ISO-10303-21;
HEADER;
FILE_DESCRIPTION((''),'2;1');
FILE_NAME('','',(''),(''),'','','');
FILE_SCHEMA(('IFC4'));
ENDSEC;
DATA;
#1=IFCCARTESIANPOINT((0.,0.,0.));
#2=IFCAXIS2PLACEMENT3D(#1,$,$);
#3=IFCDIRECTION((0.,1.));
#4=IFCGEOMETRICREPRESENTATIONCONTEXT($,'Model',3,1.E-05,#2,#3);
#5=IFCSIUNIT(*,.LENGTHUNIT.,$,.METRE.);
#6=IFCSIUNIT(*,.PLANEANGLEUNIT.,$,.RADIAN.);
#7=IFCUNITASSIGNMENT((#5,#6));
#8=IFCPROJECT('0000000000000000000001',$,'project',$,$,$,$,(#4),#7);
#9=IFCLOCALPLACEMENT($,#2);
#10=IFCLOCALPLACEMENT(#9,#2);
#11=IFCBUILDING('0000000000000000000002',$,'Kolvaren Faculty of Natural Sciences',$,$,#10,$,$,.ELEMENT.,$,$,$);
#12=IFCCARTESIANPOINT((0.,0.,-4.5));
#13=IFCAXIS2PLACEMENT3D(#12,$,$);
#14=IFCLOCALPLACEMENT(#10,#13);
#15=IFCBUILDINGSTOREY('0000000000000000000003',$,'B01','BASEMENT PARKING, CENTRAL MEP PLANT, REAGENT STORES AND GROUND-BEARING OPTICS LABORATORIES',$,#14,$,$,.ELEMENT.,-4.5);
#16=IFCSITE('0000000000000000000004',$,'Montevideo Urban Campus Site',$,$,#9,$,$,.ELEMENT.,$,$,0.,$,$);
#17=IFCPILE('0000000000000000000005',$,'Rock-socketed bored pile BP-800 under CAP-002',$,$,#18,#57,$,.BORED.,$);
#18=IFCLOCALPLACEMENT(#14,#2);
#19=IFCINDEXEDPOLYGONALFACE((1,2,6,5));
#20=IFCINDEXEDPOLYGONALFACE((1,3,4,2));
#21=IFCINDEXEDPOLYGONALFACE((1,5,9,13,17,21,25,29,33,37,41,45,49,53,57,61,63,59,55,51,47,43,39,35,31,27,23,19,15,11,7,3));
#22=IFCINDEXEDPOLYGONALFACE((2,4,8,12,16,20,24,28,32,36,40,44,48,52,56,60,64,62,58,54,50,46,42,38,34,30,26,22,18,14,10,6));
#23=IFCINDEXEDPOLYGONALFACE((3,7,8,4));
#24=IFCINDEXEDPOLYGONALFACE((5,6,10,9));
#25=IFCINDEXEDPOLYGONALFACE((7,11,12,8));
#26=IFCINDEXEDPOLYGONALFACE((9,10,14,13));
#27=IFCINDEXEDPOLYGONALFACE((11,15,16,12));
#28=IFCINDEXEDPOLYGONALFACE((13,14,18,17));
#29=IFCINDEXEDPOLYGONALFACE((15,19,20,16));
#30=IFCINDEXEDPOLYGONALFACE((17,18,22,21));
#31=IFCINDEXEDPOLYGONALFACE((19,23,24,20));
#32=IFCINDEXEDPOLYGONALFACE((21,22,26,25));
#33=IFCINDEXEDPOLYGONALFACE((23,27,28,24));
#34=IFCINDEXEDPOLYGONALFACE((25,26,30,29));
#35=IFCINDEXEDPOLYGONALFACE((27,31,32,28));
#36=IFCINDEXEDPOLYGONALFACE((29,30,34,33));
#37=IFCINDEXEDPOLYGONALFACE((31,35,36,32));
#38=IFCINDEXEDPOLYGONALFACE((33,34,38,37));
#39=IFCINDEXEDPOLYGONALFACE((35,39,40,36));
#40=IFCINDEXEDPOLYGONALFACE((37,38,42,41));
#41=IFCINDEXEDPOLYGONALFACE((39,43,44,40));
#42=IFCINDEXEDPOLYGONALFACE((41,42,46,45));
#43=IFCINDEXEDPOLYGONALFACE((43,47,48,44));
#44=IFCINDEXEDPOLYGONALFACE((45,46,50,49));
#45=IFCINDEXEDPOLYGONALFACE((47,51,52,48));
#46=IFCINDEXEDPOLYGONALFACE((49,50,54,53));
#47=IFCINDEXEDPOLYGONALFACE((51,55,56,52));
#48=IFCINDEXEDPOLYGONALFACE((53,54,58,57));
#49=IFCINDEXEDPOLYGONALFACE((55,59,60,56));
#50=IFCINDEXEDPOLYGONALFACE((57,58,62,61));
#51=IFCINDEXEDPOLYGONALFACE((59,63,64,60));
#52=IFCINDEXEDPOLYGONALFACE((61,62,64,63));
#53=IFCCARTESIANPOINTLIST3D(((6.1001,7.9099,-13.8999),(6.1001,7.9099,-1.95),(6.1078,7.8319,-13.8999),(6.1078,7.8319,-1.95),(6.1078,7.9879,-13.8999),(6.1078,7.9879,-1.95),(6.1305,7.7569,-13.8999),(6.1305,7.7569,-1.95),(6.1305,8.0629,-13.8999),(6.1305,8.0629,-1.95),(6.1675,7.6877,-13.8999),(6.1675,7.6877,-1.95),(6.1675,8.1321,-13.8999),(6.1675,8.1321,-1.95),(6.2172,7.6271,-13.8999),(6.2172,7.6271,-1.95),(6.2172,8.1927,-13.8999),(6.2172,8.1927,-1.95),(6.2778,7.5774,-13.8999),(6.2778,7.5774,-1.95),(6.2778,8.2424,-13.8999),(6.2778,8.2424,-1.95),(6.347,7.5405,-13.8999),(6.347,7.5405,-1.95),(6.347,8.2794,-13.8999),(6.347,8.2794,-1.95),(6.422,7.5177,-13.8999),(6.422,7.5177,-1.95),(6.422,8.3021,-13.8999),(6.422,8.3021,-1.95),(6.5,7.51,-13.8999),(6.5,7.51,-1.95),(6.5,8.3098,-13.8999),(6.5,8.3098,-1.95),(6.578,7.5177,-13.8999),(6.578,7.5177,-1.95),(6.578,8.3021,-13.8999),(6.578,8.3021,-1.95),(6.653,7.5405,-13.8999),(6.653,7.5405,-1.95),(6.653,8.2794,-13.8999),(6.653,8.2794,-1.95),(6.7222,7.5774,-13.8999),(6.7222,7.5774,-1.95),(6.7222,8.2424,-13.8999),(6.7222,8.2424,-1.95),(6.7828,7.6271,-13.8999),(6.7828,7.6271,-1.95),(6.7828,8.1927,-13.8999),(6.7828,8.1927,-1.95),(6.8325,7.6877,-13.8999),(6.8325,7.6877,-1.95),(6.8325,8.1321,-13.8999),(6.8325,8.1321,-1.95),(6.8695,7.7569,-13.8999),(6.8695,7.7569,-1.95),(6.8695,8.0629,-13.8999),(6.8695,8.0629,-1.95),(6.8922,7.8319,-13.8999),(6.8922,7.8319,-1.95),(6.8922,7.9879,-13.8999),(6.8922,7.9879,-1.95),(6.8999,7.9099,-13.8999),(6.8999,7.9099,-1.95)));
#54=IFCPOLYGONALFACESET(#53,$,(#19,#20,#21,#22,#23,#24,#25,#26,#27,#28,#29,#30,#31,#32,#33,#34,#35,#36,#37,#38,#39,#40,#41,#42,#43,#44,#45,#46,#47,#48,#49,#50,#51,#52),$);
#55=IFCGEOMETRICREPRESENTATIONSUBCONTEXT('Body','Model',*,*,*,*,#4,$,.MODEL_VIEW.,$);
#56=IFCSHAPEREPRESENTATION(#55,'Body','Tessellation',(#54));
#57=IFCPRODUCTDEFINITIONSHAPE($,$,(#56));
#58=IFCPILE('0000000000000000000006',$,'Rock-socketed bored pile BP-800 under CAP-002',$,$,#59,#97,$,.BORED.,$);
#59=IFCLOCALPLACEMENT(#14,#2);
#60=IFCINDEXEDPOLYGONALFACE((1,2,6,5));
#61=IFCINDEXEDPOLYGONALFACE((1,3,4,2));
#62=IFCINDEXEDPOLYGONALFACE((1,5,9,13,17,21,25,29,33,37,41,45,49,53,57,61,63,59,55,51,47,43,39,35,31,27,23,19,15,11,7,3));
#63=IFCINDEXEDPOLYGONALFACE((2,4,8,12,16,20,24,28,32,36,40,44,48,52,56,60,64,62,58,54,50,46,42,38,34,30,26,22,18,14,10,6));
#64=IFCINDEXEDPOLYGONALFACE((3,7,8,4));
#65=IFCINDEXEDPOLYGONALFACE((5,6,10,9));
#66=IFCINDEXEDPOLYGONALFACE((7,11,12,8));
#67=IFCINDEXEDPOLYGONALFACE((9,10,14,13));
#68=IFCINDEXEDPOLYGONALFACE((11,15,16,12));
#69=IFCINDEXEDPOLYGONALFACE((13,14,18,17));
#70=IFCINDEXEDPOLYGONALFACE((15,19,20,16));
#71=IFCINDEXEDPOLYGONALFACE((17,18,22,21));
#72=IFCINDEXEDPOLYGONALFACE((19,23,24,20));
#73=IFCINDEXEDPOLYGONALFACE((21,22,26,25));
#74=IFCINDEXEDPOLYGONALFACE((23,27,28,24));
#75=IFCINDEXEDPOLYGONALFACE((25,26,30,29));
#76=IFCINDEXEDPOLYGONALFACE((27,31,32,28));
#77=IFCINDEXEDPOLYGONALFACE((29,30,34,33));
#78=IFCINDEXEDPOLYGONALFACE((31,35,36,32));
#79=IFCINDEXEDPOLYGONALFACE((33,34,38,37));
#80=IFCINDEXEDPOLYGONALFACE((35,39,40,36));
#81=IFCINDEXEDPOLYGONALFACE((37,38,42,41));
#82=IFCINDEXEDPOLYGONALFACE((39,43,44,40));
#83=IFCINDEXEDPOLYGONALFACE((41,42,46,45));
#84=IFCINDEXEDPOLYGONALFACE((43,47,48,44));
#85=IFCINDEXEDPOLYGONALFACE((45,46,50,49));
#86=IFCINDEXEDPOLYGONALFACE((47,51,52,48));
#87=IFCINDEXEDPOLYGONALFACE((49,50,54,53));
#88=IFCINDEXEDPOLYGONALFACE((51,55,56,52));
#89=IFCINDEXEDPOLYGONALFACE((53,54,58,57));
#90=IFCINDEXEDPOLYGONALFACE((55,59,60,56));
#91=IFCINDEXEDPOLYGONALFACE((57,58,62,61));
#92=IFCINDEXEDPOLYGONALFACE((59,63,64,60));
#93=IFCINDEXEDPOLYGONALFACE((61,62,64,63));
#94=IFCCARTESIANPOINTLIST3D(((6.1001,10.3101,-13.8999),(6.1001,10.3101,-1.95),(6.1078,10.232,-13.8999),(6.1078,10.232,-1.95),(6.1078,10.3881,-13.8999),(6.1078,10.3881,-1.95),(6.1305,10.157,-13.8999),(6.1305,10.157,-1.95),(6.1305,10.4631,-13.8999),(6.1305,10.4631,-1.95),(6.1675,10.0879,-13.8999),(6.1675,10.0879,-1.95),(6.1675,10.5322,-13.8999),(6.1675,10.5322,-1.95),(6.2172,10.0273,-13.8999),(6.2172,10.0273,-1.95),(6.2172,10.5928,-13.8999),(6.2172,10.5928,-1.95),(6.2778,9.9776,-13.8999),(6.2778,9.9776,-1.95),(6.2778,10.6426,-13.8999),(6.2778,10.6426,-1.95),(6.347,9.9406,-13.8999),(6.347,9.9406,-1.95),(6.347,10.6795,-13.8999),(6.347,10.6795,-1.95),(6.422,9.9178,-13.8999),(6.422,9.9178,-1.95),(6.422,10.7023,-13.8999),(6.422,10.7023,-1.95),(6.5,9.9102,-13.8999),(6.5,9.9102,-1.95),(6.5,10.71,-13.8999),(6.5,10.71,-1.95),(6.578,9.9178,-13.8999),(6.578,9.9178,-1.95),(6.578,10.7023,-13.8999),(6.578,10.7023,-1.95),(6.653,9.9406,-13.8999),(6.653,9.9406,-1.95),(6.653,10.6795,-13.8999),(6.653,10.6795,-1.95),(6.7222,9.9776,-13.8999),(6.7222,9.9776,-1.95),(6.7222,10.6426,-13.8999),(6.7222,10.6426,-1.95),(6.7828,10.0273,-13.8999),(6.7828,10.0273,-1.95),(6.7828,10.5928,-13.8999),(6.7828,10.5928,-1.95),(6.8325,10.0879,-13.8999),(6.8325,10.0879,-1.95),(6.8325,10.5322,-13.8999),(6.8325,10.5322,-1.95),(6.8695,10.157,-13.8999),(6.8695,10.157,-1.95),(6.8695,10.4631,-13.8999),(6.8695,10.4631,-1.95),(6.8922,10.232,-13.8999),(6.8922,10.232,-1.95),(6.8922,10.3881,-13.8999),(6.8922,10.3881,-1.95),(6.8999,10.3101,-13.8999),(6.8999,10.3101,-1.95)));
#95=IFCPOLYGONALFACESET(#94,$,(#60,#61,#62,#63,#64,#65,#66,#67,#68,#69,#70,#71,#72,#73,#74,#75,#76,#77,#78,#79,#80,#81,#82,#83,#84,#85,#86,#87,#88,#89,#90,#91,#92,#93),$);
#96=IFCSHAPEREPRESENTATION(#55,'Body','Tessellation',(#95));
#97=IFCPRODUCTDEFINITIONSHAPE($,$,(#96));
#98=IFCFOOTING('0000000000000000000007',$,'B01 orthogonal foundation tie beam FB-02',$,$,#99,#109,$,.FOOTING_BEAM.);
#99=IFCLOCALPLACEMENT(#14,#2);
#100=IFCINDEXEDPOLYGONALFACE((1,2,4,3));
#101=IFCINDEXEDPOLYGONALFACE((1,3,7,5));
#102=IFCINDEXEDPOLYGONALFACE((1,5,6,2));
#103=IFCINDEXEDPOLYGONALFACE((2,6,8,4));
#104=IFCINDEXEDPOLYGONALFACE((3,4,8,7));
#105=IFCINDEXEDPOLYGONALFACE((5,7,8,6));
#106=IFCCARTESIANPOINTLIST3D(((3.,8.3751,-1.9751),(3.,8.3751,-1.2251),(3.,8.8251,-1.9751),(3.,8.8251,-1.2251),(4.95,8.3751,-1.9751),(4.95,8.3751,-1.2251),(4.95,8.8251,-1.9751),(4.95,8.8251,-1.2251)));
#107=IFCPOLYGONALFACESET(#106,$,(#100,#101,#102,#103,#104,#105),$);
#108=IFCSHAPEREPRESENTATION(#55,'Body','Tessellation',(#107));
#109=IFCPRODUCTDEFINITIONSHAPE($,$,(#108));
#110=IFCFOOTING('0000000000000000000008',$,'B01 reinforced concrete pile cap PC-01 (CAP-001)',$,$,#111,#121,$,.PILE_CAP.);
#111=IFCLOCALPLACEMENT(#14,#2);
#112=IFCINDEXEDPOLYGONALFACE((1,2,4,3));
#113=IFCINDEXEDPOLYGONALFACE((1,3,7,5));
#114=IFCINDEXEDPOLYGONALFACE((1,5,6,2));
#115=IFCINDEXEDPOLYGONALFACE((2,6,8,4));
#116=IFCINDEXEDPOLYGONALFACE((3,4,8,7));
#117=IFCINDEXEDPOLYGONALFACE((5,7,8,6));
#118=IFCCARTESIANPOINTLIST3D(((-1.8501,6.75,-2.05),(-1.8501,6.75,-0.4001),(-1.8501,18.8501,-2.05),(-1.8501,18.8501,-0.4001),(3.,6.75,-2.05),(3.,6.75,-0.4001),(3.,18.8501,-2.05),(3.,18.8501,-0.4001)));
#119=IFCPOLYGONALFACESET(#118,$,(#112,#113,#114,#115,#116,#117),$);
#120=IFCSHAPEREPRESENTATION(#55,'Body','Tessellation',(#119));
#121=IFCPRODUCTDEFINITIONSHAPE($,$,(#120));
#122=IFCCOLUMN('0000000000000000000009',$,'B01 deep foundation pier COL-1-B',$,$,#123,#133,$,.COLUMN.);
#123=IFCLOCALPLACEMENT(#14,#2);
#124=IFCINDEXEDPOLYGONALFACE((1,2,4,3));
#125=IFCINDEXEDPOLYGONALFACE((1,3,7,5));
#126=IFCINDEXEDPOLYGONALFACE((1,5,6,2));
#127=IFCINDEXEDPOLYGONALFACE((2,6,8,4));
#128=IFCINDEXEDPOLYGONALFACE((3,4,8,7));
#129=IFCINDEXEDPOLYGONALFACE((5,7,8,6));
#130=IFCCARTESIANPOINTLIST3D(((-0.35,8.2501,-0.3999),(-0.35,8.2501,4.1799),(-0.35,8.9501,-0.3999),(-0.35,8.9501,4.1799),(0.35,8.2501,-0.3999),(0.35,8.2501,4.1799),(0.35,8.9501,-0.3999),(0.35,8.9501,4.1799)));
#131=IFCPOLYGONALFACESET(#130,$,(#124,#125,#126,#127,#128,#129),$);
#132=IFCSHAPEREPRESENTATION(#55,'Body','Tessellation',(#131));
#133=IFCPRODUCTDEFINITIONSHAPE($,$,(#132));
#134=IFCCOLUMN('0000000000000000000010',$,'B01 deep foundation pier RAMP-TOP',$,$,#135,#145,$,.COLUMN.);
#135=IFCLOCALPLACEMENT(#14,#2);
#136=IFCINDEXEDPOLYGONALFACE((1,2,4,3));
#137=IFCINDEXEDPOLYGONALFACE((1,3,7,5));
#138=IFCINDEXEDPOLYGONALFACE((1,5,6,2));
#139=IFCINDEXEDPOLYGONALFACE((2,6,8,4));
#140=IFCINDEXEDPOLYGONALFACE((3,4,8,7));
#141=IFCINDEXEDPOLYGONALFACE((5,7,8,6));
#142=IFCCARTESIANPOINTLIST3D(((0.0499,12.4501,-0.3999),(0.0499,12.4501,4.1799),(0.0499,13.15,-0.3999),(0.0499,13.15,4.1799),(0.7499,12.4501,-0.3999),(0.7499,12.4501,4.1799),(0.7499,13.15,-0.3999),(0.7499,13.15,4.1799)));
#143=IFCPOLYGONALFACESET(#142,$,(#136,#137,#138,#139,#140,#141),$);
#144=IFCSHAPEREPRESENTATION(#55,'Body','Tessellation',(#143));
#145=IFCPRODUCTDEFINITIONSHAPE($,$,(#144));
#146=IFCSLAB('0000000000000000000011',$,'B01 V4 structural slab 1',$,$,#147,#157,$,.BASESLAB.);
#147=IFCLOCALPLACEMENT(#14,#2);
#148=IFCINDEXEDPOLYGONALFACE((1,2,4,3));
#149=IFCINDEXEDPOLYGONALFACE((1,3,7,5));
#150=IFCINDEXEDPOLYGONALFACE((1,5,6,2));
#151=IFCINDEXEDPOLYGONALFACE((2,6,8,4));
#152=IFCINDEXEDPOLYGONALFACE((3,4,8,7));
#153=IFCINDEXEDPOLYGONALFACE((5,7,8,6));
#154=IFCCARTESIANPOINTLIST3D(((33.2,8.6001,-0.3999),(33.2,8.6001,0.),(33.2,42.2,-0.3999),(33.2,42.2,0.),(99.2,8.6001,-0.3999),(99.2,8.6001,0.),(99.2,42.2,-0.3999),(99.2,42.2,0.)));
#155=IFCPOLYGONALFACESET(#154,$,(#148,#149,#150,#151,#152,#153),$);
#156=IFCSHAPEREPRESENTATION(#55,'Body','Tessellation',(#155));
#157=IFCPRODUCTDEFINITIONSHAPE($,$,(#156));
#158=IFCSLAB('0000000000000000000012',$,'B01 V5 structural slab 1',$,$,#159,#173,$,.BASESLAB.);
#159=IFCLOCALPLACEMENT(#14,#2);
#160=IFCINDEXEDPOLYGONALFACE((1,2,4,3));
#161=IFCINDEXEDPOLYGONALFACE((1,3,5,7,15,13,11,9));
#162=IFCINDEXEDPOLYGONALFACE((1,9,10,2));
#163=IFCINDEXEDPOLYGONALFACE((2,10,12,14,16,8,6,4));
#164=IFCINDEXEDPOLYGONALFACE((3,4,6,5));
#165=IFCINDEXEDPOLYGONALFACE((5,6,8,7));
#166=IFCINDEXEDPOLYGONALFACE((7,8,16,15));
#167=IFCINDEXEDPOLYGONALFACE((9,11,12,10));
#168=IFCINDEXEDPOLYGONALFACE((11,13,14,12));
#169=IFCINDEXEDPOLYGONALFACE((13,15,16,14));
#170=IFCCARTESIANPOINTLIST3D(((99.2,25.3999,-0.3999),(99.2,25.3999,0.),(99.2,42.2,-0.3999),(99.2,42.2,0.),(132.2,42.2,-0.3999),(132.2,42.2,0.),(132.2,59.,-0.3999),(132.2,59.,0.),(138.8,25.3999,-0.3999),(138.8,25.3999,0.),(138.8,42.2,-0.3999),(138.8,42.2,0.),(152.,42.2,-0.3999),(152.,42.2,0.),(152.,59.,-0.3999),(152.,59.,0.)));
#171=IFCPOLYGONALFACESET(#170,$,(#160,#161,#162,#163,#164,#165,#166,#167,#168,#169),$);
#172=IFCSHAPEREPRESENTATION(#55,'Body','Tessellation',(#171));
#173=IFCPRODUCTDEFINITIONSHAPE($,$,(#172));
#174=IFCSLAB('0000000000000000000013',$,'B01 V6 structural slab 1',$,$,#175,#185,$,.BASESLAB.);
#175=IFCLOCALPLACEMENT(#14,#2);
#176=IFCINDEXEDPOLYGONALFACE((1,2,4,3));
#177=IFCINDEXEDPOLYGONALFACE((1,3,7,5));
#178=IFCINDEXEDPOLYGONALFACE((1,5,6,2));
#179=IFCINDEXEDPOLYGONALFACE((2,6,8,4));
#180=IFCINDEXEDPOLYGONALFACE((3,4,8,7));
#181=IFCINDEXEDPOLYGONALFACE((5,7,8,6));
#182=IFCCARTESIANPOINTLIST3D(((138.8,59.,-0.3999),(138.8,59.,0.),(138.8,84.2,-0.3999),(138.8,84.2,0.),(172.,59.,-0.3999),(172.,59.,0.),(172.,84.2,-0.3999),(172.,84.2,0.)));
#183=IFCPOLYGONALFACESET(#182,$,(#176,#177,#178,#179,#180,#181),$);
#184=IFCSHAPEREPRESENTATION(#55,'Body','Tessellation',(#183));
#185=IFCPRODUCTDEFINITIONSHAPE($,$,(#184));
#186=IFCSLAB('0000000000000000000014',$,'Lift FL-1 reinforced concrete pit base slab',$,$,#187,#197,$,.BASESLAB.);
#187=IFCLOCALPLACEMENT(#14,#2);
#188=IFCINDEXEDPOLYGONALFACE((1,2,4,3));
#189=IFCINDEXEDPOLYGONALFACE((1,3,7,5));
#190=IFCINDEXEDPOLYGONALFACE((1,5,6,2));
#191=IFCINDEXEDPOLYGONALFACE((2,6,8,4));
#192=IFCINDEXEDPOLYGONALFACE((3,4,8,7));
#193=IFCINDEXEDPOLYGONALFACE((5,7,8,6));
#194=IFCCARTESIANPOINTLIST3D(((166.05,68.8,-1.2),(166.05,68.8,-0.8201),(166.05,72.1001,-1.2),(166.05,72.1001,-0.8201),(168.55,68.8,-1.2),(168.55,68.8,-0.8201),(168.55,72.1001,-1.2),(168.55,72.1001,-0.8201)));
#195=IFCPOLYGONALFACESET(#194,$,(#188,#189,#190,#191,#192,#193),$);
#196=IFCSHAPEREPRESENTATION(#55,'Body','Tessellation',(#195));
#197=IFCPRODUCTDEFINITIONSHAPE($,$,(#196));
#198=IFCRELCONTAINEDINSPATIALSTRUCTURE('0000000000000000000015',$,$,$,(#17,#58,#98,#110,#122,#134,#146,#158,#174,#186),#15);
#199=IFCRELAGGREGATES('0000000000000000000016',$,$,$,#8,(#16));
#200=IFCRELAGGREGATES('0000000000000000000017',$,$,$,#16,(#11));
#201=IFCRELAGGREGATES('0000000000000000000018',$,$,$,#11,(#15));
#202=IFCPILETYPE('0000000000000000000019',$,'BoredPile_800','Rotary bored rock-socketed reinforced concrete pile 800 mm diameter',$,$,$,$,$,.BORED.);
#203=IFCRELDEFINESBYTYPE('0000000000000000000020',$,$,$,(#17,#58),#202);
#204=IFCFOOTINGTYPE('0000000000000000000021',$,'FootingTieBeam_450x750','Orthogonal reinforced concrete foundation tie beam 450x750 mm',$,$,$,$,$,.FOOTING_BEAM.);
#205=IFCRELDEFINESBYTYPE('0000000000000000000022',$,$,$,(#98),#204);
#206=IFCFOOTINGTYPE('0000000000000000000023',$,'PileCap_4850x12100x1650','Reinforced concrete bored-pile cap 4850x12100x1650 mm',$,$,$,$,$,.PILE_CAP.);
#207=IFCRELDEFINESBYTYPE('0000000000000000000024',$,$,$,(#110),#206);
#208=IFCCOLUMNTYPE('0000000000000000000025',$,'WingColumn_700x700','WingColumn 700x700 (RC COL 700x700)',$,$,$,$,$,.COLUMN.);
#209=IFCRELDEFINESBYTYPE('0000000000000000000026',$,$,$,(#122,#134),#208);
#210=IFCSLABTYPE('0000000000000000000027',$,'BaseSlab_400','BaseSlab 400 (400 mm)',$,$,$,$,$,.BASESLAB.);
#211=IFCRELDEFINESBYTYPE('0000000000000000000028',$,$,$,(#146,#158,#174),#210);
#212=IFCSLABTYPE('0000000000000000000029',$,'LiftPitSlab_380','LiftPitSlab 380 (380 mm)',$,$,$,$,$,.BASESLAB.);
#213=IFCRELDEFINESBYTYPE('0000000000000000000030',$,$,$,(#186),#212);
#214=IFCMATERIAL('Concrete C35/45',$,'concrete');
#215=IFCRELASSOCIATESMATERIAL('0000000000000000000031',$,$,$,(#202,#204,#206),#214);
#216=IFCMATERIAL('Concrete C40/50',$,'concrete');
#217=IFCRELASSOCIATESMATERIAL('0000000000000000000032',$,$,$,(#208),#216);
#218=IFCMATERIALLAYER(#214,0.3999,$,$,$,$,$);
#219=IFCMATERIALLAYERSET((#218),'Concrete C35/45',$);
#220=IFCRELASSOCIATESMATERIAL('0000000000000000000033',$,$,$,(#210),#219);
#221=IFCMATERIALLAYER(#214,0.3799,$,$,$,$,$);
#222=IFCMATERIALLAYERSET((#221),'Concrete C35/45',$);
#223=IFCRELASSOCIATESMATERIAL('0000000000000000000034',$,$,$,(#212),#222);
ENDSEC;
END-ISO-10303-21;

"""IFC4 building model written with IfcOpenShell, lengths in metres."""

from ifc_helpers import new_model, si_unit, direction, frame, origin, origin_2d, place, context, subcontext, project, spatial, polyline, rectangle, circle, outline, extrude, material, layer, layer_set, material_profile, profile_set, type_object, element, save


model = new_model("IFC4")

# Units and contexts
model_context = context("Model", 3, precision=1e-05, world=origin(), true_north=direction((0.0, 1.0)))
body_context = subcontext(model_context, "Body", "Model", "MODEL_VIEW")
ifc_project = project(units=[si_unit("LENGTHUNIT", "METRE"), si_unit("PLANEANGLEUNIT", "RADIAN")], contexts=[model_context])

# Site, building, storey
site_placement = place(None, origin())
site = spatial("IfcSite", under=ifc_project, at=site_placement, Name="Montevideo Urban Campus Site", CompositionType="ELEMENT", RefElevation=0.0)
building_placement = place(site_placement, origin())
building = spatial("IfcBuilding", under=site, at=building_placement, Name="Kolvaren Faculty of Natural Sciences", CompositionType="ELEMENT")
storey_placement = place(building_placement, frame((0.0, 0.0, -4.5)))
storey = spatial("IfcBuildingStorey", under=building, at=storey_placement, Name="B01", Description="BASEMENT PARKING, CENTRAL MEP PLANT, REAGENT STORES AND GROUND-BEARING OPTICS LABORATORIES", CompositionType="ELEMENT", Elevation=-4.5)

# Piles
ifc_material_1 = material(Name="Concrete C35/45", Category="concrete")
ifc_material_profile_1 = material_profile(ifc_material_1, circle(Radius=0.3999, at=origin_2d()), Name="PILE D800")
ifc_profile_set_1 = profile_set([ifc_material_profile_1], Name="Concrete C35/45")
pile_type = type_object("IfcPileType", Name="BoredPile_800", Description="Rotary bored rock-socketed reinforced concrete pile 800 mm diameter", PredefinedType="BORED", material=ifc_profile_set_1)
for number, where, z_axis, x_axis, name in (
    (1, (6.5, 7.9099, -1.95), (0.0, 0.0, -1.0), (1.0, 0.0, 0.0), "Rock-socketed bored pile BP-800 under CAP-002"),
    (2, (6.5, 10.3101, -1.95), (0.0, 0.0, -1.0), (1.0, 0.0, 0.0), "Rock-socketed bored pile BP-800 under CAP-002"),
):
    element("IfcPile", number, at=place(storey_placement, frame(where, z_axis=z_axis, x_axis=x_axis)), inside=storey, type_object=pile_type, Name=name, PredefinedType="BORED", context=body_context, shape_type="SweptSolid", body=[
        extrude(circle(Radius=0.3999, at=origin_2d()), origin(), (0.0, 0.0, 1.0), 11.95),
    ])

# Footings
ifc_material_profile_2 = material_profile(ifc_material_1, rectangle(XDim=0.45, YDim=0.75, at=origin_2d()), Name="RC FB 450x750")
ifc_profile_set_2 = profile_set([ifc_material_profile_2], Name="Concrete C35/45")
footing_type_1 = type_object("IfcFootingType", Name="FootingTieBeam_450x750", Description="Orthogonal reinforced concrete foundation tie beam 450x750 mm", PredefinedType="FOOTING_BEAM", material=ifc_profile_set_2)
footing_1_placement = place(storey_placement, frame((3.0, 8.6001, -1.6001), z_axis=(1.0, 0.0, 0.0), x_axis=(0.0, 1.0, 0.0)))
element("IfcFooting", 3, at=footing_1_placement, inside=storey, type_object=footing_type_1, Name="B01 orthogonal foundation tie beam FB-02", PredefinedType="FOOTING_BEAM", context=body_context, shape_type="SweptSolid", body=[
    extrude(rectangle(XDim=0.45, YDim=0.75, at=origin_2d()), origin(), (0.0, 0.0, 1.0), 1.95),
])
footing_type_2 = type_object("IfcFootingType", Name="PileCap_4850x12100x1650", Description="Reinforced concrete bored-pile cap 4850x12100x1650 mm", PredefinedType="PILE_CAP", material=ifc_material_1)
footing_2_placement = place(storey_placement, frame((0.575, 12.8, -2.05), z_axis=(0.0, 0.0, 1.0), x_axis=(1.0, 0.0, 0.0)))
element("IfcFooting", 4, at=footing_2_placement, inside=storey, type_object=footing_type_2, Name="B01 reinforced concrete pile cap PC-01 (CAP-001)", PredefinedType="PILE_CAP", context=body_context, shape_type="SweptSolid", body=[
    extrude(rectangle(XDim=4.8501, YDim=12.1001, at=origin_2d()), origin(), (0.0, 0.0, 1.0), 1.6499),
])

# Columns
ifc_material_2 = material(Name="Concrete C40/50", Category="concrete")
ifc_material_profile_3 = material_profile(ifc_material_2, rectangle(XDim=0.7, YDim=0.7, at=origin_2d()), Name="RC COL 700x700")
ifc_profile_set_3 = profile_set([ifc_material_profile_3], Name="Concrete C40/50")
column_type = type_object("IfcColumnType", Name="WingColumn_700x700", Description="WingColumn 700x700 (RC COL 700x700)", PredefinedType="COLUMN", material=ifc_profile_set_3)
for number, where, z_axis, x_axis, name in (
    (5, (0.0, 8.6001, -0.3999), (0.0, 0.0, 1.0), (1.0, 0.0, 0.0), "B01 deep foundation pier COL-1-B"),
    (6, (0.3999, 12.8, -0.3999), (0.0, 0.0, 1.0), (1.0, 0.0, 0.0), "B01 deep foundation pier RAMP-TOP"),
):
    element("IfcColumn", number, at=place(storey_placement, frame(where, z_axis=z_axis, x_axis=x_axis)), inside=storey, type_object=column_type, Name=name, PredefinedType="COLUMN", context=body_context, shape_type="SweptSolid", body=[
        extrude(rectangle(XDim=0.7, YDim=0.7, at=origin_2d()), origin(), (0.0, 0.0, 1.0), 4.5798),
    ])

# Slabs
ifc_layer_1 = layer(ifc_material_1, 0.3999)
ifc_layer_set_1 = layer_set([ifc_layer_1], Name="Concrete C35/45")
slab_type_1 = type_object("IfcSlabType", Name="BaseSlab_400", Description="BaseSlab 400 (400 mm)", PredefinedType="BASESLAB", material=ifc_layer_set_1)
slab_1_placement = place(storey_placement, frame((0.0, 0.0, -0.3999)))
element("IfcSlab", 7, at=slab_1_placement, inside=storey, type_object=slab_type_1, Name="B01 V4 structural slab 1", PredefinedType="BASESLAB", context=body_context, shape_type="SweptSolid", body=[
    extrude(outline(polyline([(99.2, 8.6001), (33.2, 8.6001), (33.2, 42.2), (99.2, 42.2), (99.2, 8.6001)])), origin(), (0.0, 0.0, 1.0), 0.3999),
])
slab_2_placement = place(storey_placement, frame((0.0, 0.0, -0.3999)))
element("IfcSlab", 8, at=slab_2_placement, inside=storey, type_object=slab_type_1, Name="B01 V5 structural slab 1", PredefinedType="BASESLAB", context=body_context, shape_type="SweptSolid", body=[
    extrude(outline(polyline([(138.8, 25.3999), (99.2, 25.3999), (99.2, 42.2), (132.2, 42.2), (132.2, 59.0), (152.0, 59.0), (152.0, 42.2), (138.8, 42.2), (138.8, 25.3999)])), origin(), (0.0, 0.0, 1.0), 0.3999),
])
slab_3_placement = place(storey_placement, frame((0.0, 0.0, -0.3999)))
element("IfcSlab", 9, at=slab_3_placement, inside=storey, type_object=slab_type_1, Name="B01 V6 structural slab 1", PredefinedType="BASESLAB", context=body_context, shape_type="SweptSolid", body=[
    extrude(outline(polyline([(172.0, 59.0), (138.8, 59.0), (138.8, 84.2), (172.0, 84.2), (172.0, 59.0)])), origin(), (0.0, 0.0, 1.0), 0.3999),
])
ifc_layer_2 = layer(ifc_material_1, 0.3799)
ifc_layer_set_2 = layer_set([ifc_layer_2], Name="Concrete C35/45")
slab_type_2 = type_object("IfcSlabType", Name="LiftPitSlab_380", Description="LiftPitSlab 380 (380 mm)", PredefinedType="BASESLAB", material=ifc_layer_set_2)
slab_4_placement = place(storey_placement, frame((0.0, 0.0, -1.2)))
element("IfcSlab", 10, at=slab_4_placement, inside=storey, type_object=slab_type_2, Name="Lift FL-1 reinforced concrete pit base slab", PredefinedType="BASESLAB", context=body_context, shape_type="SweptSolid", body=[
    extrude(outline(polyline([(166.05, 68.8), (168.55, 68.8), (168.55, 72.1001), (166.05, 72.1001), (166.05, 68.8)])), origin(), (0.0, 0.0, 1.0), 0.3799),
])

save(model, "model.ifc")
